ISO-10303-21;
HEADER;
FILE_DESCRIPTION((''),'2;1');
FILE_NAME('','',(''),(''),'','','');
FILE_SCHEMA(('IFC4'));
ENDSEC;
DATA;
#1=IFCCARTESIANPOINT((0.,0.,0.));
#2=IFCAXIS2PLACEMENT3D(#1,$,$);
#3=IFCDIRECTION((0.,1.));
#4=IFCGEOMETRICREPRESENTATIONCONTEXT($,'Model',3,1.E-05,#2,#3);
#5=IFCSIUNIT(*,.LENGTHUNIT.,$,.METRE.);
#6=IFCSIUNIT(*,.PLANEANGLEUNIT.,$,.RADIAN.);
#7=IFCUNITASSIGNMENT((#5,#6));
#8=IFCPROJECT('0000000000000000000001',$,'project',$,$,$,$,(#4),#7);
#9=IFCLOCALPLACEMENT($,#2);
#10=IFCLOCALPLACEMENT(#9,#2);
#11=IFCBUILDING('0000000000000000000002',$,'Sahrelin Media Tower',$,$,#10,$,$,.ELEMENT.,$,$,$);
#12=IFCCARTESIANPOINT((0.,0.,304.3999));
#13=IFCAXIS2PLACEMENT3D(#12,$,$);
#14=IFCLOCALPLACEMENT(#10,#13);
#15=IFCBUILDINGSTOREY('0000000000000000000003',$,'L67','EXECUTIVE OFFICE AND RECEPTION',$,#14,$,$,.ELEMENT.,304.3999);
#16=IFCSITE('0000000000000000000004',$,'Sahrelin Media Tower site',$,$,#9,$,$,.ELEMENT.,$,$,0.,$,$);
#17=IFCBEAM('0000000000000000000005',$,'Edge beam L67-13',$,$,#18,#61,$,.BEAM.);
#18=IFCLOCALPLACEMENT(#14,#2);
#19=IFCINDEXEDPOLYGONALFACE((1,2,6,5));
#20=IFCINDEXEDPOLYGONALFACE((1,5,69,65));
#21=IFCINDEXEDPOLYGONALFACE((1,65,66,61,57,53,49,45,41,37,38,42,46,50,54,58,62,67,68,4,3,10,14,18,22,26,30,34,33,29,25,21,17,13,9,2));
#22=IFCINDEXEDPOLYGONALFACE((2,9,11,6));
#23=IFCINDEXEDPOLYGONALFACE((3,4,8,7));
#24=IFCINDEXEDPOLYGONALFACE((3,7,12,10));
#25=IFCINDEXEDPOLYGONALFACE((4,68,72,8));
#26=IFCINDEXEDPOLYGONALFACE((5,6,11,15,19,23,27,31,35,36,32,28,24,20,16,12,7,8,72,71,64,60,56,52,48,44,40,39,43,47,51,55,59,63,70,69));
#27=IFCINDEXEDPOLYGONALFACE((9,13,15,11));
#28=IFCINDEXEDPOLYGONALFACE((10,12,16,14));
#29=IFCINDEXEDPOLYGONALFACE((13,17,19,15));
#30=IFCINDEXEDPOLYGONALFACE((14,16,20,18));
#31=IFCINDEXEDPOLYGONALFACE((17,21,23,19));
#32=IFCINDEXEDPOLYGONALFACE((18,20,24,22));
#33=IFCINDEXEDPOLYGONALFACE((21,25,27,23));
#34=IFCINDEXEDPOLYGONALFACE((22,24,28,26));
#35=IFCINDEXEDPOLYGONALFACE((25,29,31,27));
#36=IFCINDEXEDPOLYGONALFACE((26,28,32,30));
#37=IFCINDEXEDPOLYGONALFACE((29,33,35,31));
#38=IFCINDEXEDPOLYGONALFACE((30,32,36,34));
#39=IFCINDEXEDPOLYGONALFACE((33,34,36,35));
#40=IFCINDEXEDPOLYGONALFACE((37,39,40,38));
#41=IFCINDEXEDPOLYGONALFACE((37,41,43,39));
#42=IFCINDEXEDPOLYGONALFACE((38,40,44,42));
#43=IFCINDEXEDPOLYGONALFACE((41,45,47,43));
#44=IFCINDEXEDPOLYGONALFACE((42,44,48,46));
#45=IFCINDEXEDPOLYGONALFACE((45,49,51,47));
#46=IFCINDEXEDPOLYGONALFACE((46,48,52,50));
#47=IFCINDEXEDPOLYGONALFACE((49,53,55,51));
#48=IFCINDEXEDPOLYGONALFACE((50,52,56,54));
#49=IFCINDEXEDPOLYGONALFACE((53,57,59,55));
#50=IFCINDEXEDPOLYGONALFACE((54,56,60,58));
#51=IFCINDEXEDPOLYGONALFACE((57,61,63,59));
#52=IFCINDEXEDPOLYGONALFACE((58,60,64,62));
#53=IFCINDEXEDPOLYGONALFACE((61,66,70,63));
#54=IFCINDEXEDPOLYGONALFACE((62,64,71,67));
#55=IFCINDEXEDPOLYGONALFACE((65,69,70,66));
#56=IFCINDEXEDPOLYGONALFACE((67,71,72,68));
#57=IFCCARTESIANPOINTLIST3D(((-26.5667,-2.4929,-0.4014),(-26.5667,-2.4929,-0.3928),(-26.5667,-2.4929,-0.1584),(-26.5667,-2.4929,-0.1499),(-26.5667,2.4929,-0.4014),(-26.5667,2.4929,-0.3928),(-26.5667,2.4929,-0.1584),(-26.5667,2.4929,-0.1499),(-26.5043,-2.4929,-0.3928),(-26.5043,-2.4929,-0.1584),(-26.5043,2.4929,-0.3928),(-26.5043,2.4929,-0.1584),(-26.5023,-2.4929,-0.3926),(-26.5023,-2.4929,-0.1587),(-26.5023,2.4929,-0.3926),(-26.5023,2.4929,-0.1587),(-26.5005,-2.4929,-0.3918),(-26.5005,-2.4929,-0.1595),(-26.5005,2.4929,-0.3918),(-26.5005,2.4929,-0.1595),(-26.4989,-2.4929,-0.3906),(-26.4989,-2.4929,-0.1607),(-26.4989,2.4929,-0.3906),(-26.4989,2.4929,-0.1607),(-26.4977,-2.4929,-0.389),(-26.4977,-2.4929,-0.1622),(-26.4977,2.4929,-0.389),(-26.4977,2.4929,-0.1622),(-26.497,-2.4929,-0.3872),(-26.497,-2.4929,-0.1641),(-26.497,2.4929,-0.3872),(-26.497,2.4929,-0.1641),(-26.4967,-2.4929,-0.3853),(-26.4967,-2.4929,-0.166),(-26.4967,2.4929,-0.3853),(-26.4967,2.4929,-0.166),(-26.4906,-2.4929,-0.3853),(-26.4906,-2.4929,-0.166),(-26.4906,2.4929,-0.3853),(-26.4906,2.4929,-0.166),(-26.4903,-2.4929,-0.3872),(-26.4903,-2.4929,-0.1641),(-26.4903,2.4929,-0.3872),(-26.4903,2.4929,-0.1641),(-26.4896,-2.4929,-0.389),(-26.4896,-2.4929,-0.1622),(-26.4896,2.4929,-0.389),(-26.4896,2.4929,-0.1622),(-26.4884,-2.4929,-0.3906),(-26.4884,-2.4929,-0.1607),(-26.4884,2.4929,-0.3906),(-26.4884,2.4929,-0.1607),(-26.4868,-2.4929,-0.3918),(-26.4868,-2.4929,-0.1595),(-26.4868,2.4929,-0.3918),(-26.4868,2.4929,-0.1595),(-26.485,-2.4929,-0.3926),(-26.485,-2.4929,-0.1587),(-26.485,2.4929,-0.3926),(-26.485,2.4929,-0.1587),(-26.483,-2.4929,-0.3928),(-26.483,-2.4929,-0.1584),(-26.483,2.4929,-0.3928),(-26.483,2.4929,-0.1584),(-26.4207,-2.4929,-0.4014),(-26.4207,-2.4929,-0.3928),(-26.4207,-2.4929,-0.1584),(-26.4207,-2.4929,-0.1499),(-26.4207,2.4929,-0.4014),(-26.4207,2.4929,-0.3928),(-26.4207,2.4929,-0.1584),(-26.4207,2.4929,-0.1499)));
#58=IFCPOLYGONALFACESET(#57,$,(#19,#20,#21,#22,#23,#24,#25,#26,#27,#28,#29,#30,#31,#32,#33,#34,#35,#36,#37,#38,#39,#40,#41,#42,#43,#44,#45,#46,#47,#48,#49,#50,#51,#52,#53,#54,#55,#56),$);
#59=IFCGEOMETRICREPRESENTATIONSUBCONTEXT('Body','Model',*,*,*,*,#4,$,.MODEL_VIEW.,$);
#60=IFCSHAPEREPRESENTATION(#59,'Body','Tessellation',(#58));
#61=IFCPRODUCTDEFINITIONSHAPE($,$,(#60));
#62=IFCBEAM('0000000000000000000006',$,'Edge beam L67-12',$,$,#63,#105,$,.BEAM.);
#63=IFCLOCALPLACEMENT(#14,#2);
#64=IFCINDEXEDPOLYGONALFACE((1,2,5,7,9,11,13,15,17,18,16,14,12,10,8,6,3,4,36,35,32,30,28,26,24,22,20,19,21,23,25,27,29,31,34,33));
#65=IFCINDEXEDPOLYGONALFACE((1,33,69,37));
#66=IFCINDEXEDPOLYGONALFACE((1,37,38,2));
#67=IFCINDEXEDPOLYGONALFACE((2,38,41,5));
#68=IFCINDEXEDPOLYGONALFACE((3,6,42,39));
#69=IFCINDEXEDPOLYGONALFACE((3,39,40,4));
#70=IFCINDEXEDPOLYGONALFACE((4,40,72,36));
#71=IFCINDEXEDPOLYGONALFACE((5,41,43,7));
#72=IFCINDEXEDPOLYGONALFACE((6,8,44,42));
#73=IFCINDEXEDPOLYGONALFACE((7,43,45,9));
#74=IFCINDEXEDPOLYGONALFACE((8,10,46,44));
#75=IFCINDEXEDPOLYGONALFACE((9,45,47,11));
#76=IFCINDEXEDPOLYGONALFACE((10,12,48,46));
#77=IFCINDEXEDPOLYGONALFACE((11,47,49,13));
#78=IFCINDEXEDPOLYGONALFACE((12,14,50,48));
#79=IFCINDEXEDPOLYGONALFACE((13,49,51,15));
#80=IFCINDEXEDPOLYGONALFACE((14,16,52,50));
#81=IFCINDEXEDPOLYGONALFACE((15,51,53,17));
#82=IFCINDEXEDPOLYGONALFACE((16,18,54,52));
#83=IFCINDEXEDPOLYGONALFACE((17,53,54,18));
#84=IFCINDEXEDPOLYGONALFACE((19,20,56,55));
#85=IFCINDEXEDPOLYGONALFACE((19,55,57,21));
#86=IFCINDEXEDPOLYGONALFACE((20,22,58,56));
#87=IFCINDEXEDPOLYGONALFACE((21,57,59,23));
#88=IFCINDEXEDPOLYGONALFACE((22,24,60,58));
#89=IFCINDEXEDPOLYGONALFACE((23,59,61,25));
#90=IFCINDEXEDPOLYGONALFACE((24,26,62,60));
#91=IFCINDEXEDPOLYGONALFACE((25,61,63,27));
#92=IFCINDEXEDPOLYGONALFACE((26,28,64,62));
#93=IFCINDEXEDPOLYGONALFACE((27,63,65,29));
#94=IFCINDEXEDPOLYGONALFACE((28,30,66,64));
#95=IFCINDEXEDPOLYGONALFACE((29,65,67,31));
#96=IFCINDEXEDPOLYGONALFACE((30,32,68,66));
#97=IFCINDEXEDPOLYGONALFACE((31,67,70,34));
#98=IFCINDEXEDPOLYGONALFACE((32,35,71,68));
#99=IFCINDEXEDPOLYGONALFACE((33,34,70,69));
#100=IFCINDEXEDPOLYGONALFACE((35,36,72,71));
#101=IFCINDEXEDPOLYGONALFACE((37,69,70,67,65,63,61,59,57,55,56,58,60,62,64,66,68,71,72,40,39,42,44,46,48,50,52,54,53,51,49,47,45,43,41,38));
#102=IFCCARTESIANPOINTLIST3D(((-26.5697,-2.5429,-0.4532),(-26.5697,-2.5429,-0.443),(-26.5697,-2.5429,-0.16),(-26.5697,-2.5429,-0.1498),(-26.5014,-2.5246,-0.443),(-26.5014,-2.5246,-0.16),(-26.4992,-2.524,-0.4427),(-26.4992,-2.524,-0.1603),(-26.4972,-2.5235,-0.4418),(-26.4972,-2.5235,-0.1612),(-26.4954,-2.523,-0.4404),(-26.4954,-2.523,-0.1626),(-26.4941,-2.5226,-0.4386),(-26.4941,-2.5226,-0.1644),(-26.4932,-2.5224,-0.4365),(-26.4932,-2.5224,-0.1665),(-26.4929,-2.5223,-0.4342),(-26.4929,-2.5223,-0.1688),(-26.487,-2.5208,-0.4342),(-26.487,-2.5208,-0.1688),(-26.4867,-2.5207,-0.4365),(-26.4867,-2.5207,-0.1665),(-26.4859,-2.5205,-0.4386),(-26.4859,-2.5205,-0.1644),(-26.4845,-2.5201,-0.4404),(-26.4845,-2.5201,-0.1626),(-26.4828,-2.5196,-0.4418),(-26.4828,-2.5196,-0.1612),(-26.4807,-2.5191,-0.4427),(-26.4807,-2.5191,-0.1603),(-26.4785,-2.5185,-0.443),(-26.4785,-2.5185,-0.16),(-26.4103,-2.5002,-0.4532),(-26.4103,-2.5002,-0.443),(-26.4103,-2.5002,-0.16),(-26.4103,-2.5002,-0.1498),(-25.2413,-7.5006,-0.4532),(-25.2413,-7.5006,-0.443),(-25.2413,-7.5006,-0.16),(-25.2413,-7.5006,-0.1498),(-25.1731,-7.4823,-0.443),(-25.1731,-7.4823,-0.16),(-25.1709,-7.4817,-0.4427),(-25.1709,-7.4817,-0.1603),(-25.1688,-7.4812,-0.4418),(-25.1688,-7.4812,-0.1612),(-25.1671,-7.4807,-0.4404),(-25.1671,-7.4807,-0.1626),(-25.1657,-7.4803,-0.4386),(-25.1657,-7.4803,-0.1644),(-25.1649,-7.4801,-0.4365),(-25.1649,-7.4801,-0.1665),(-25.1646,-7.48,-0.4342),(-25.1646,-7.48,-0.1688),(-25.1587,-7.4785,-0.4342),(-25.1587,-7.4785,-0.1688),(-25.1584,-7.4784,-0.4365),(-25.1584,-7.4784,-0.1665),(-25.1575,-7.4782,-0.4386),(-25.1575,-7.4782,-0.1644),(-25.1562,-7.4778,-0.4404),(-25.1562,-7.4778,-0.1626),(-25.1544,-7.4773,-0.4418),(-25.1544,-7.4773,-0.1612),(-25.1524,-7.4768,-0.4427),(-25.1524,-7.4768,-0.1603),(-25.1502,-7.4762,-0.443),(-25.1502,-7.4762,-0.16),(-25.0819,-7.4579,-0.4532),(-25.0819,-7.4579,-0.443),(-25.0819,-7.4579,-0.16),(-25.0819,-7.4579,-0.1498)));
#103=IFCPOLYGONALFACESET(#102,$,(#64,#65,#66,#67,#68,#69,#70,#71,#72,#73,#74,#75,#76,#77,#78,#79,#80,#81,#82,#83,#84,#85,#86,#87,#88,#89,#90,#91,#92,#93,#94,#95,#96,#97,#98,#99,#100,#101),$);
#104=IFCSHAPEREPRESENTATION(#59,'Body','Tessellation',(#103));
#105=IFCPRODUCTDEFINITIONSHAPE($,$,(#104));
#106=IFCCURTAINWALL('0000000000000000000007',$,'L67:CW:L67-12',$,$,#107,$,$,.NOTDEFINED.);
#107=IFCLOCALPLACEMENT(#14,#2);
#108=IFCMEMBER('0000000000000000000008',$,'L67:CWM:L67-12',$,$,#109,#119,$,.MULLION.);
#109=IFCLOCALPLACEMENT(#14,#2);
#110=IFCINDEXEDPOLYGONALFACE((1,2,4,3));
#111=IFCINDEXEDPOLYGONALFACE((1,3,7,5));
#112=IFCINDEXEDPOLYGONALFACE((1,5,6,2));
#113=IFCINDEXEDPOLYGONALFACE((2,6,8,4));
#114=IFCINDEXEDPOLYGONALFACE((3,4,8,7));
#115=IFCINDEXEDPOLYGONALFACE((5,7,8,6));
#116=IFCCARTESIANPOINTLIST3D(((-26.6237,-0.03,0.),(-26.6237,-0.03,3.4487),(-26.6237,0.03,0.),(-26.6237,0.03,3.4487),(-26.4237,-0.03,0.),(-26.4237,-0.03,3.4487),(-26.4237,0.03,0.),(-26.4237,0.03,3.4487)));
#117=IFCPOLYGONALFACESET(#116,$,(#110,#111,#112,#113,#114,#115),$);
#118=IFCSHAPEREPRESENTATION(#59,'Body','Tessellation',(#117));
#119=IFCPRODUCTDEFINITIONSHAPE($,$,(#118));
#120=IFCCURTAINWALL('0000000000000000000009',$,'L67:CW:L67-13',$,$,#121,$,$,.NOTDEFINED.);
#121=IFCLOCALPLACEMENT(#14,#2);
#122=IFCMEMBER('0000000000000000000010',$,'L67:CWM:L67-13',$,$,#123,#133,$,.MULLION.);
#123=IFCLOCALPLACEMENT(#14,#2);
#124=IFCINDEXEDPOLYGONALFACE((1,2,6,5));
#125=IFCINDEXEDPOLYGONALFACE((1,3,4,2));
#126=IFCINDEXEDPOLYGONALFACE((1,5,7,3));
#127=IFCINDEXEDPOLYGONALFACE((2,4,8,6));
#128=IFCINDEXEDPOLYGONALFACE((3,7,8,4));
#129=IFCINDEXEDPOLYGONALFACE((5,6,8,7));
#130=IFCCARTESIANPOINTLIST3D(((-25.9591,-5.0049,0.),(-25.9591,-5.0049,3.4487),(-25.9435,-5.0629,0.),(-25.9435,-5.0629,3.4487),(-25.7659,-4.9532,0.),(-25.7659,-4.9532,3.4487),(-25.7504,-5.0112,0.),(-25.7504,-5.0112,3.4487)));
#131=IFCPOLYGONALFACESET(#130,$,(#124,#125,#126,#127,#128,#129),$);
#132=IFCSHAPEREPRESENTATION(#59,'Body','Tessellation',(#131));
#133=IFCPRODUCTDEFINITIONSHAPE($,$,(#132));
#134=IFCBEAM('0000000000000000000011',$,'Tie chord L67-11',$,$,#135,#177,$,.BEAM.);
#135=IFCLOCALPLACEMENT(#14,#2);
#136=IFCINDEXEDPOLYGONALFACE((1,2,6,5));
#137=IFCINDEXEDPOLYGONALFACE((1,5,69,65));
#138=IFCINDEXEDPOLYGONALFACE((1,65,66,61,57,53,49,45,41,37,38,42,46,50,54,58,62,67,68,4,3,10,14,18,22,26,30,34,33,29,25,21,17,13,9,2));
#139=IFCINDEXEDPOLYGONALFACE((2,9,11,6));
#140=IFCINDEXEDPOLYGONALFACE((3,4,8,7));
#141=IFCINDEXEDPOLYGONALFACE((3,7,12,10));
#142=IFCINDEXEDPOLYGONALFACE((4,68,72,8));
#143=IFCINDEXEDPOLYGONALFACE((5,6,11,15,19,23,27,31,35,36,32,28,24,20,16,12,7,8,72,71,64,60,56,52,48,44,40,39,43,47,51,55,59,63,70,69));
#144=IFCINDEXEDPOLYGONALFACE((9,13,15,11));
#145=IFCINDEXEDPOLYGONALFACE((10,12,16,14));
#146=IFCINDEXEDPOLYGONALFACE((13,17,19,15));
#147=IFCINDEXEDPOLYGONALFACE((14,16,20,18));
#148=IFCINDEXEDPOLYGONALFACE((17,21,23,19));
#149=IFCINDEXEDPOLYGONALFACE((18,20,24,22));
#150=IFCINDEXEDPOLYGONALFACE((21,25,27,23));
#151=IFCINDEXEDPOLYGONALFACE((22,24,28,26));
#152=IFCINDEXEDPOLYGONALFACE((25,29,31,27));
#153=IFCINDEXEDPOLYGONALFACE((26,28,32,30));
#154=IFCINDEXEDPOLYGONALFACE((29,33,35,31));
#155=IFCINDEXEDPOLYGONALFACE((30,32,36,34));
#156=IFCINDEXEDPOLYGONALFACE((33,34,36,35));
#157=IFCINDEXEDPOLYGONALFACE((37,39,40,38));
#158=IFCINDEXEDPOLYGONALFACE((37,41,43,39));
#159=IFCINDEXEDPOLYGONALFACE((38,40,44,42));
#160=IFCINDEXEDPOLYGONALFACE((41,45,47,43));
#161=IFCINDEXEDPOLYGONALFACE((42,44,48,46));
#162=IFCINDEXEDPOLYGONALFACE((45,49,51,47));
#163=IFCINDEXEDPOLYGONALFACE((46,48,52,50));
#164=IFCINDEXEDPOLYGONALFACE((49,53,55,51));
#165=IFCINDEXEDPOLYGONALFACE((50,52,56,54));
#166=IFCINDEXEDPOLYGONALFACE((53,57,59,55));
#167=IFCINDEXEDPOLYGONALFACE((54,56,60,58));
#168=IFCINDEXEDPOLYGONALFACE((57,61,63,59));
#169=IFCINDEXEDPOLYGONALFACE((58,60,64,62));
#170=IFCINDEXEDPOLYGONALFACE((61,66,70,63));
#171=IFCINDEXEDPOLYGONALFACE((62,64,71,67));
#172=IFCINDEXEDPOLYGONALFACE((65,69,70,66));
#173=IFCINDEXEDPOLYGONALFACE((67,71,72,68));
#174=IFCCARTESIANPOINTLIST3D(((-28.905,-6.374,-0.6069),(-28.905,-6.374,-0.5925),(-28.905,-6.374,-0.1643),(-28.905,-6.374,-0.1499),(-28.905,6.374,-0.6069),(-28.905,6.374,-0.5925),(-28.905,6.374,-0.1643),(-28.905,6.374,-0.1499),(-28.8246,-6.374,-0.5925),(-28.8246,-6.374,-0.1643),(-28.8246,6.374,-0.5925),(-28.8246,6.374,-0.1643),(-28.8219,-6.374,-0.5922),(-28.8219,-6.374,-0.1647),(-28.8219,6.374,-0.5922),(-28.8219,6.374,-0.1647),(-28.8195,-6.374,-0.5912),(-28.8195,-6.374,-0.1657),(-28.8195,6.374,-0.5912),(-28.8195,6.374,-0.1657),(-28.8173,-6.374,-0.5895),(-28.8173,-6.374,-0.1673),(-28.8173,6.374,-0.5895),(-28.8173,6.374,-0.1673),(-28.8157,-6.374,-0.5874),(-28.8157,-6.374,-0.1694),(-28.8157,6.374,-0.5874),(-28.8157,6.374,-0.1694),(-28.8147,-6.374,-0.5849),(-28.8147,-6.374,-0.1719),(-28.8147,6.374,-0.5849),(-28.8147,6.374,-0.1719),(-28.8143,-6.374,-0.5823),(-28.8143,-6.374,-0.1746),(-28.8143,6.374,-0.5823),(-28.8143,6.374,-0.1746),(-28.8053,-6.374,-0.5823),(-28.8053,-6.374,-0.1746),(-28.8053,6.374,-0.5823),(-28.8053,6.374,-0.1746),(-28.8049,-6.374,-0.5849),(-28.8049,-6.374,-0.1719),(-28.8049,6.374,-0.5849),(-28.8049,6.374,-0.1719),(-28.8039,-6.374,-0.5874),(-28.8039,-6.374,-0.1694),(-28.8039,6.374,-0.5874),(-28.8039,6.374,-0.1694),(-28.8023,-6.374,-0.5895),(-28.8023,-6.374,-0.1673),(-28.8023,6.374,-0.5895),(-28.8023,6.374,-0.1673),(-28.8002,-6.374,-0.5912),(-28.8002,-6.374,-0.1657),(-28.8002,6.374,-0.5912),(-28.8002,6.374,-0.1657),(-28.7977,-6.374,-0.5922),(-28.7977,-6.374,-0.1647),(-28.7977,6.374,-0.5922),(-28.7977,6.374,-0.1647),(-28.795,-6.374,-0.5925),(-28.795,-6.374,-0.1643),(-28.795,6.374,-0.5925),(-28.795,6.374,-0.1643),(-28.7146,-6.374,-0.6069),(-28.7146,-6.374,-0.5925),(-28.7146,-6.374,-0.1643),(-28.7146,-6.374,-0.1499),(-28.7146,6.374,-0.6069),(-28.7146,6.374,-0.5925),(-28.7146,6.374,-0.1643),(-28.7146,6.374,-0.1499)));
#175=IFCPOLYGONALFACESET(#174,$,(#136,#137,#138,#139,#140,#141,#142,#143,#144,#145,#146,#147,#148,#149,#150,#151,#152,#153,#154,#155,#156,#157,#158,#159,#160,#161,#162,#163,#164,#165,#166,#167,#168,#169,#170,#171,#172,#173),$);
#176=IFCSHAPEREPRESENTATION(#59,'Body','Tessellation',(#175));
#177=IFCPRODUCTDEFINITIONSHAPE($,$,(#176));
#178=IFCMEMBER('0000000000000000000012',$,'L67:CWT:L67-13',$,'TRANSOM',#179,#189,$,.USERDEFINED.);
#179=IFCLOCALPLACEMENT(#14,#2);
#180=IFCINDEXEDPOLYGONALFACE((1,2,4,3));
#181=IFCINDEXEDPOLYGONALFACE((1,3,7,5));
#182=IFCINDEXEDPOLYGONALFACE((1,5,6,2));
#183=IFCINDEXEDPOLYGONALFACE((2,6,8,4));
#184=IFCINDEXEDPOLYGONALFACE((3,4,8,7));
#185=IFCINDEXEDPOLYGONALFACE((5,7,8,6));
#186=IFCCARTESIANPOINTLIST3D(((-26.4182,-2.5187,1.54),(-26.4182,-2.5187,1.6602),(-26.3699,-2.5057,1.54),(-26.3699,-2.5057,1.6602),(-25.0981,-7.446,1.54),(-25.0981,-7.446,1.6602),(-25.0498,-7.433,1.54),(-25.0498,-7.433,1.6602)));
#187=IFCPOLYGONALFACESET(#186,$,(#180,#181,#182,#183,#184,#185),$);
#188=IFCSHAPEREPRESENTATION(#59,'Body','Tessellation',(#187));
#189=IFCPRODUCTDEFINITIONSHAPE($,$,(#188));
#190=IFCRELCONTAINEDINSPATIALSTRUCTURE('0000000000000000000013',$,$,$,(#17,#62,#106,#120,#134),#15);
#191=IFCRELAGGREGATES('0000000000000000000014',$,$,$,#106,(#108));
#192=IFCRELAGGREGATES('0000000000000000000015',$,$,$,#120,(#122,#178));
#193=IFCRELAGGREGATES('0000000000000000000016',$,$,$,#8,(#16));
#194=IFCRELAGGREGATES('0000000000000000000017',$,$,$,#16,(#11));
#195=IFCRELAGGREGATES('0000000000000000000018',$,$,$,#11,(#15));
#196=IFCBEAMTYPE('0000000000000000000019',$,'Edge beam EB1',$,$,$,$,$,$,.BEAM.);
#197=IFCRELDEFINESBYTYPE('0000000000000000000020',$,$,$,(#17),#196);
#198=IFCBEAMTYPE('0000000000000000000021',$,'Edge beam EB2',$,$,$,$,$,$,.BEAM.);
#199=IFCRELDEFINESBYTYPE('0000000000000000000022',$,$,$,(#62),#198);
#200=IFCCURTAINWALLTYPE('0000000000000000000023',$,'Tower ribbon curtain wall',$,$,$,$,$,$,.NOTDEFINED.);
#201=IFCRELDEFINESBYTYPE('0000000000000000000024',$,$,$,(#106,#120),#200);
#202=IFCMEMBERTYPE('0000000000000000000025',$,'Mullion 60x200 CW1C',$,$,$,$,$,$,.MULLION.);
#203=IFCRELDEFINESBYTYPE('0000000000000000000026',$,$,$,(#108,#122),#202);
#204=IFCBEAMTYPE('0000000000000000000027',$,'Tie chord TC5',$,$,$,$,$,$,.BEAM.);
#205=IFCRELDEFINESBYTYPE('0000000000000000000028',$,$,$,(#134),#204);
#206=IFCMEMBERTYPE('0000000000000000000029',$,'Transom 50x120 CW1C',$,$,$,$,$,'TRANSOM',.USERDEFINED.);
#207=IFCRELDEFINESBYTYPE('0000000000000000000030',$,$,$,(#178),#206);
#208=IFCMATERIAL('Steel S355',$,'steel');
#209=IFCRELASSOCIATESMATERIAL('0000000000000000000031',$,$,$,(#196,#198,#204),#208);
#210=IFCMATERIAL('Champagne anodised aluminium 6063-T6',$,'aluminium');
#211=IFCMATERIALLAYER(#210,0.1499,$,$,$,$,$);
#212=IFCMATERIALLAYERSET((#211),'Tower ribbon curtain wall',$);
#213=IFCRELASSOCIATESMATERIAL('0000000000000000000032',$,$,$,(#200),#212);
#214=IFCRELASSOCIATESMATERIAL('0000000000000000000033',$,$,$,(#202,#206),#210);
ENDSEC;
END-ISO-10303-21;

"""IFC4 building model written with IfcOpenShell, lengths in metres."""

from ifc_helpers import new_model, si_unit, direction, frame, origin, origin_2d, place, context, subcontext, project, spatial, rectangle, i_section, extrude, material, layer, layer_set, material_profile, profile_set, type_object, element, aggregate, save


model = new_model("IFC4")

# Units and contexts
model_context = context("Model", 3, precision=1e-05, world=origin(), true_north=direction((0.0, 1.0)))
body_context = subcontext(model_context, "Body", "Model", "MODEL_VIEW")
ifc_project = project(units=[si_unit("LENGTHUNIT", "METRE"), si_unit("PLANEANGLEUNIT", "RADIAN")], contexts=[model_context])

# Site, building, storey
site_placement = place(None, origin())
site = spatial("IfcSite", under=ifc_project, at=site_placement, Name="Sahrelin Media Tower site", CompositionType="ELEMENT", RefElevation=0.0)
building_placement = place(site_placement, origin())
building = spatial("IfcBuilding", under=site, at=building_placement, Name="Sahrelin Media Tower", CompositionType="ELEMENT")
storey_placement = place(building_placement, frame((0.0, 0.0, 304.3999)))
storey = spatial("IfcBuildingStorey", under=building, at=storey_placement, Name="L67", Description="EXECUTIVE OFFICE AND RECEPTION", CompositionType="ELEMENT", Elevation=304.3999)

# Beams
ifc_material_1 = material(Name="Steel S355", Category="steel")
ifc_material_profile_1 = material_profile(ifc_material_1, i_section(OverallWidth=0.146, OverallDepth=0.2515, WebThickness=0.0061, FlangeThickness=0.0085, FilletRadius=0.0076, at=origin_2d()), Name="UB 254x146x31")
ifc_profile_set_1 = profile_set([ifc_material_profile_1], Name="Steel S355")
beam_type_1 = type_object("IfcBeamType", Name="Edge beam EB1", PredefinedType="BEAM", material=ifc_profile_set_1)
beam_1_placement = place(storey_placement, frame((-26.4937, -2.4929, -0.2756), z_axis=(0.0, 1.0, 0.0), x_axis=(-1.0, 0.0, 0.0)))
element("IfcBeam", 1, at=beam_1_placement, inside=storey, type_object=beam_type_1, Name="Edge beam L67-13", PredefinedType="BEAM", context=body_context, shape_type="SweptSolid", body=[
    extrude(i_section(OverallWidth=0.146, OverallDepth=0.2515, WebThickness=0.0061, FlangeThickness=0.0085, FilletRadius=0.0076, at=origin_2d()), origin(), (0.0, 0.0, 1.0), 4.9858),
])
ifc_material_profile_2 = material_profile(ifc_material_1, i_section(OverallWidth=0.165, OverallDepth=0.3035, WebThickness=0.0061, FlangeThickness=0.0103, FilletRadius=0.0088, at=origin_2d()), Name="UB 305x165x40")
ifc_profile_set_2 = profile_set([ifc_material_profile_2], Name="Steel S355")
beam_type_2 = type_object("IfcBeamType", Name="Edge beam EB2", PredefinedType="BEAM", material=ifc_profile_set_2)
beam_2_placement = place(storey_placement, frame((-25.1616, -7.4792, -0.3015), z_axis=(-0.258808, 0.965929, 0.0), x_axis=(-0.965929, -0.258808, 0.0)))
element("IfcBeam", 2, at=beam_2_placement, inside=storey, type_object=beam_type_2, Name="Edge beam L67-12", PredefinedType="BEAM", context=body_context, shape_type="SweptSolid", body=[
    extrude(i_section(OverallWidth=0.165, OverallDepth=0.3035, WebThickness=0.0061, FlangeThickness=0.0103, FilletRadius=0.0088, at=origin_2d()), origin(), (0.0, 0.0, 1.0), 5.1326),
])

# Curtain walls, members
ifc_material_2 = material(Name="Champagne anodised aluminium 6063-T6", Category="aluminium")
ifc_layer_1 = layer(ifc_material_2, 0.1499)
ifc_layer_set_1 = layer_set([ifc_layer_1], Name="Tower ribbon curtain wall")
curtain_wall_type = type_object("IfcCurtainWallType", Name="Tower ribbon curtain wall", PredefinedType="NOTDEFINED", material=ifc_layer_set_1)
curtain_wall_1_placement = place(storey_placement, frame((-26.6438, 0.0, 0.0), z_axis=(0.0, 0.0, 1.0), x_axis=(1.0, 0.0, 0.0)))
curtain_wall_1 = element("IfcCurtainWall", 3, at=curtain_wall_1_placement, inside=storey, type_object=curtain_wall_type, Name="L67:CW:L67-12", PredefinedType="NOTDEFINED")
ifc_material_profile_3 = material_profile(ifc_material_2, rectangle(XDim=0.0601, YDim=0.2, at=origin_2d()), Name="Mullion 60x200")
ifc_profile_set_3 = profile_set([ifc_material_profile_3], Name="Champagne anodised aluminium 6063-T6")
member_type_1 = type_object("IfcMemberType", Name="Mullion 60x200 CW1C", PredefinedType="MULLION", material=ifc_profile_set_3)
member_1_placement = place(storey_placement, frame((-26.5237, 0.0, 0.0), z_axis=(0.0, 0.0, 1.0), x_axis=(0.0, -1.0, 0.0)))
member_1 = element("IfcMember", 4, at=member_1_placement, type_object=member_type_1, Name="L67:CWM:L67-12", PredefinedType="MULLION", context=body_context, shape_type="SweptSolid", body=[
    extrude(rectangle(XDim=0.0601, YDim=0.2, at=origin_2d()), origin(), (0.0, 0.0, 1.0), 3.4487),
])
aggregate(curtain_wall_1, [member_1])
curtain_wall_2_placement = place(storey_placement, frame((-25.9707, -5.0393, 0.0), z_axis=(0.0, 0.0, 1.0), x_axis=(1.0, 0.0, 0.0)))
curtain_wall_2 = element("IfcCurtainWall", 5, at=curtain_wall_2_placement, inside=storey, type_object=curtain_wall_type, Name="L67:CW:L67-13", PredefinedType="NOTDEFINED")
member_2_placement = place(storey_placement, frame((-25.8547, -5.0081, 0.0), z_axis=(0.0, 0.0, 1.0), x_axis=(0.258816, -0.965927, 0.0)))
member_2 = element("IfcMember", 6, at=member_2_placement, type_object=member_type_1, Name="L67:CWM:L67-13", PredefinedType="MULLION", context=body_context, shape_type="SweptSolid", body=[
    extrude(rectangle(XDim=0.0601, YDim=0.2, at=origin_2d()), origin(), (0.0, 0.0, 1.0), 3.4487),
])

# Beam
ifc_material_profile_4 = material_profile(ifc_material_1, i_section(OverallWidth=0.1904, OverallDepth=0.457, WebThickness=0.009, FlangeThickness=0.0144, FilletRadius=0.0103, at=origin_2d()), Name="UB 457x191x74")
ifc_profile_set_4 = profile_set([ifc_material_profile_4], Name="Steel S355")
beam_type_3 = type_object("IfcBeamType", Name="Tie chord TC5", PredefinedType="BEAM", material=ifc_profile_set_4)
beam_3_placement = place(storey_placement, frame((-28.8098, -6.374, -0.3784), z_axis=(0.0, 1.0, 0.0), x_axis=(-1.0, 0.0, 0.0)))
element("IfcBeam", 7, at=beam_3_placement, inside=storey, type_object=beam_type_3, Name="Tie chord L67-11", PredefinedType="BEAM", context=body_context, shape_type="SweptSolid", body=[
    extrude(i_section(OverallWidth=0.1904, OverallDepth=0.457, WebThickness=0.009, FlangeThickness=0.0144, FilletRadius=0.0103, at=origin_2d()), origin(), (0.0, 0.0, 1.0), 12.748),
])

# Member
ifc_material_profile_5 = material_profile(ifc_material_2, rectangle(XDim=0.05, YDim=0.1201, at=origin_2d()), Name="Transom 50x120")
ifc_profile_set_5 = profile_set([ifc_material_profile_5], Name="Champagne anodised aluminium 6063-T6")
member_type_2 = type_object("IfcMemberType", Name="Transom 50x120 CW1C", ElementType="TRANSOM", PredefinedType="USERDEFINED", material=ifc_profile_set_5)
member_3_placement = place(storey_placement, frame((-26.394, -2.5122, 1.6001), z_axis=(0.258786, -0.965935, 0.0), x_axis=(0.965935, 0.258786, 0.0)))
member_3 = element("IfcMember", 8, at=member_3_placement, type_object=member_type_2, Name="L67:CWT:L67-13", ObjectType="TRANSOM", PredefinedType="USERDEFINED", context=body_context, shape_type="SweptSolid", body=[
    extrude(rectangle(XDim=0.05, YDim=0.1201, at=origin_2d()), origin(), (0.0, 0.0, 1.0), 5.1011),
])

aggregate(curtain_wall_2, [member_2, member_3])

save(model, "model.ifc")
